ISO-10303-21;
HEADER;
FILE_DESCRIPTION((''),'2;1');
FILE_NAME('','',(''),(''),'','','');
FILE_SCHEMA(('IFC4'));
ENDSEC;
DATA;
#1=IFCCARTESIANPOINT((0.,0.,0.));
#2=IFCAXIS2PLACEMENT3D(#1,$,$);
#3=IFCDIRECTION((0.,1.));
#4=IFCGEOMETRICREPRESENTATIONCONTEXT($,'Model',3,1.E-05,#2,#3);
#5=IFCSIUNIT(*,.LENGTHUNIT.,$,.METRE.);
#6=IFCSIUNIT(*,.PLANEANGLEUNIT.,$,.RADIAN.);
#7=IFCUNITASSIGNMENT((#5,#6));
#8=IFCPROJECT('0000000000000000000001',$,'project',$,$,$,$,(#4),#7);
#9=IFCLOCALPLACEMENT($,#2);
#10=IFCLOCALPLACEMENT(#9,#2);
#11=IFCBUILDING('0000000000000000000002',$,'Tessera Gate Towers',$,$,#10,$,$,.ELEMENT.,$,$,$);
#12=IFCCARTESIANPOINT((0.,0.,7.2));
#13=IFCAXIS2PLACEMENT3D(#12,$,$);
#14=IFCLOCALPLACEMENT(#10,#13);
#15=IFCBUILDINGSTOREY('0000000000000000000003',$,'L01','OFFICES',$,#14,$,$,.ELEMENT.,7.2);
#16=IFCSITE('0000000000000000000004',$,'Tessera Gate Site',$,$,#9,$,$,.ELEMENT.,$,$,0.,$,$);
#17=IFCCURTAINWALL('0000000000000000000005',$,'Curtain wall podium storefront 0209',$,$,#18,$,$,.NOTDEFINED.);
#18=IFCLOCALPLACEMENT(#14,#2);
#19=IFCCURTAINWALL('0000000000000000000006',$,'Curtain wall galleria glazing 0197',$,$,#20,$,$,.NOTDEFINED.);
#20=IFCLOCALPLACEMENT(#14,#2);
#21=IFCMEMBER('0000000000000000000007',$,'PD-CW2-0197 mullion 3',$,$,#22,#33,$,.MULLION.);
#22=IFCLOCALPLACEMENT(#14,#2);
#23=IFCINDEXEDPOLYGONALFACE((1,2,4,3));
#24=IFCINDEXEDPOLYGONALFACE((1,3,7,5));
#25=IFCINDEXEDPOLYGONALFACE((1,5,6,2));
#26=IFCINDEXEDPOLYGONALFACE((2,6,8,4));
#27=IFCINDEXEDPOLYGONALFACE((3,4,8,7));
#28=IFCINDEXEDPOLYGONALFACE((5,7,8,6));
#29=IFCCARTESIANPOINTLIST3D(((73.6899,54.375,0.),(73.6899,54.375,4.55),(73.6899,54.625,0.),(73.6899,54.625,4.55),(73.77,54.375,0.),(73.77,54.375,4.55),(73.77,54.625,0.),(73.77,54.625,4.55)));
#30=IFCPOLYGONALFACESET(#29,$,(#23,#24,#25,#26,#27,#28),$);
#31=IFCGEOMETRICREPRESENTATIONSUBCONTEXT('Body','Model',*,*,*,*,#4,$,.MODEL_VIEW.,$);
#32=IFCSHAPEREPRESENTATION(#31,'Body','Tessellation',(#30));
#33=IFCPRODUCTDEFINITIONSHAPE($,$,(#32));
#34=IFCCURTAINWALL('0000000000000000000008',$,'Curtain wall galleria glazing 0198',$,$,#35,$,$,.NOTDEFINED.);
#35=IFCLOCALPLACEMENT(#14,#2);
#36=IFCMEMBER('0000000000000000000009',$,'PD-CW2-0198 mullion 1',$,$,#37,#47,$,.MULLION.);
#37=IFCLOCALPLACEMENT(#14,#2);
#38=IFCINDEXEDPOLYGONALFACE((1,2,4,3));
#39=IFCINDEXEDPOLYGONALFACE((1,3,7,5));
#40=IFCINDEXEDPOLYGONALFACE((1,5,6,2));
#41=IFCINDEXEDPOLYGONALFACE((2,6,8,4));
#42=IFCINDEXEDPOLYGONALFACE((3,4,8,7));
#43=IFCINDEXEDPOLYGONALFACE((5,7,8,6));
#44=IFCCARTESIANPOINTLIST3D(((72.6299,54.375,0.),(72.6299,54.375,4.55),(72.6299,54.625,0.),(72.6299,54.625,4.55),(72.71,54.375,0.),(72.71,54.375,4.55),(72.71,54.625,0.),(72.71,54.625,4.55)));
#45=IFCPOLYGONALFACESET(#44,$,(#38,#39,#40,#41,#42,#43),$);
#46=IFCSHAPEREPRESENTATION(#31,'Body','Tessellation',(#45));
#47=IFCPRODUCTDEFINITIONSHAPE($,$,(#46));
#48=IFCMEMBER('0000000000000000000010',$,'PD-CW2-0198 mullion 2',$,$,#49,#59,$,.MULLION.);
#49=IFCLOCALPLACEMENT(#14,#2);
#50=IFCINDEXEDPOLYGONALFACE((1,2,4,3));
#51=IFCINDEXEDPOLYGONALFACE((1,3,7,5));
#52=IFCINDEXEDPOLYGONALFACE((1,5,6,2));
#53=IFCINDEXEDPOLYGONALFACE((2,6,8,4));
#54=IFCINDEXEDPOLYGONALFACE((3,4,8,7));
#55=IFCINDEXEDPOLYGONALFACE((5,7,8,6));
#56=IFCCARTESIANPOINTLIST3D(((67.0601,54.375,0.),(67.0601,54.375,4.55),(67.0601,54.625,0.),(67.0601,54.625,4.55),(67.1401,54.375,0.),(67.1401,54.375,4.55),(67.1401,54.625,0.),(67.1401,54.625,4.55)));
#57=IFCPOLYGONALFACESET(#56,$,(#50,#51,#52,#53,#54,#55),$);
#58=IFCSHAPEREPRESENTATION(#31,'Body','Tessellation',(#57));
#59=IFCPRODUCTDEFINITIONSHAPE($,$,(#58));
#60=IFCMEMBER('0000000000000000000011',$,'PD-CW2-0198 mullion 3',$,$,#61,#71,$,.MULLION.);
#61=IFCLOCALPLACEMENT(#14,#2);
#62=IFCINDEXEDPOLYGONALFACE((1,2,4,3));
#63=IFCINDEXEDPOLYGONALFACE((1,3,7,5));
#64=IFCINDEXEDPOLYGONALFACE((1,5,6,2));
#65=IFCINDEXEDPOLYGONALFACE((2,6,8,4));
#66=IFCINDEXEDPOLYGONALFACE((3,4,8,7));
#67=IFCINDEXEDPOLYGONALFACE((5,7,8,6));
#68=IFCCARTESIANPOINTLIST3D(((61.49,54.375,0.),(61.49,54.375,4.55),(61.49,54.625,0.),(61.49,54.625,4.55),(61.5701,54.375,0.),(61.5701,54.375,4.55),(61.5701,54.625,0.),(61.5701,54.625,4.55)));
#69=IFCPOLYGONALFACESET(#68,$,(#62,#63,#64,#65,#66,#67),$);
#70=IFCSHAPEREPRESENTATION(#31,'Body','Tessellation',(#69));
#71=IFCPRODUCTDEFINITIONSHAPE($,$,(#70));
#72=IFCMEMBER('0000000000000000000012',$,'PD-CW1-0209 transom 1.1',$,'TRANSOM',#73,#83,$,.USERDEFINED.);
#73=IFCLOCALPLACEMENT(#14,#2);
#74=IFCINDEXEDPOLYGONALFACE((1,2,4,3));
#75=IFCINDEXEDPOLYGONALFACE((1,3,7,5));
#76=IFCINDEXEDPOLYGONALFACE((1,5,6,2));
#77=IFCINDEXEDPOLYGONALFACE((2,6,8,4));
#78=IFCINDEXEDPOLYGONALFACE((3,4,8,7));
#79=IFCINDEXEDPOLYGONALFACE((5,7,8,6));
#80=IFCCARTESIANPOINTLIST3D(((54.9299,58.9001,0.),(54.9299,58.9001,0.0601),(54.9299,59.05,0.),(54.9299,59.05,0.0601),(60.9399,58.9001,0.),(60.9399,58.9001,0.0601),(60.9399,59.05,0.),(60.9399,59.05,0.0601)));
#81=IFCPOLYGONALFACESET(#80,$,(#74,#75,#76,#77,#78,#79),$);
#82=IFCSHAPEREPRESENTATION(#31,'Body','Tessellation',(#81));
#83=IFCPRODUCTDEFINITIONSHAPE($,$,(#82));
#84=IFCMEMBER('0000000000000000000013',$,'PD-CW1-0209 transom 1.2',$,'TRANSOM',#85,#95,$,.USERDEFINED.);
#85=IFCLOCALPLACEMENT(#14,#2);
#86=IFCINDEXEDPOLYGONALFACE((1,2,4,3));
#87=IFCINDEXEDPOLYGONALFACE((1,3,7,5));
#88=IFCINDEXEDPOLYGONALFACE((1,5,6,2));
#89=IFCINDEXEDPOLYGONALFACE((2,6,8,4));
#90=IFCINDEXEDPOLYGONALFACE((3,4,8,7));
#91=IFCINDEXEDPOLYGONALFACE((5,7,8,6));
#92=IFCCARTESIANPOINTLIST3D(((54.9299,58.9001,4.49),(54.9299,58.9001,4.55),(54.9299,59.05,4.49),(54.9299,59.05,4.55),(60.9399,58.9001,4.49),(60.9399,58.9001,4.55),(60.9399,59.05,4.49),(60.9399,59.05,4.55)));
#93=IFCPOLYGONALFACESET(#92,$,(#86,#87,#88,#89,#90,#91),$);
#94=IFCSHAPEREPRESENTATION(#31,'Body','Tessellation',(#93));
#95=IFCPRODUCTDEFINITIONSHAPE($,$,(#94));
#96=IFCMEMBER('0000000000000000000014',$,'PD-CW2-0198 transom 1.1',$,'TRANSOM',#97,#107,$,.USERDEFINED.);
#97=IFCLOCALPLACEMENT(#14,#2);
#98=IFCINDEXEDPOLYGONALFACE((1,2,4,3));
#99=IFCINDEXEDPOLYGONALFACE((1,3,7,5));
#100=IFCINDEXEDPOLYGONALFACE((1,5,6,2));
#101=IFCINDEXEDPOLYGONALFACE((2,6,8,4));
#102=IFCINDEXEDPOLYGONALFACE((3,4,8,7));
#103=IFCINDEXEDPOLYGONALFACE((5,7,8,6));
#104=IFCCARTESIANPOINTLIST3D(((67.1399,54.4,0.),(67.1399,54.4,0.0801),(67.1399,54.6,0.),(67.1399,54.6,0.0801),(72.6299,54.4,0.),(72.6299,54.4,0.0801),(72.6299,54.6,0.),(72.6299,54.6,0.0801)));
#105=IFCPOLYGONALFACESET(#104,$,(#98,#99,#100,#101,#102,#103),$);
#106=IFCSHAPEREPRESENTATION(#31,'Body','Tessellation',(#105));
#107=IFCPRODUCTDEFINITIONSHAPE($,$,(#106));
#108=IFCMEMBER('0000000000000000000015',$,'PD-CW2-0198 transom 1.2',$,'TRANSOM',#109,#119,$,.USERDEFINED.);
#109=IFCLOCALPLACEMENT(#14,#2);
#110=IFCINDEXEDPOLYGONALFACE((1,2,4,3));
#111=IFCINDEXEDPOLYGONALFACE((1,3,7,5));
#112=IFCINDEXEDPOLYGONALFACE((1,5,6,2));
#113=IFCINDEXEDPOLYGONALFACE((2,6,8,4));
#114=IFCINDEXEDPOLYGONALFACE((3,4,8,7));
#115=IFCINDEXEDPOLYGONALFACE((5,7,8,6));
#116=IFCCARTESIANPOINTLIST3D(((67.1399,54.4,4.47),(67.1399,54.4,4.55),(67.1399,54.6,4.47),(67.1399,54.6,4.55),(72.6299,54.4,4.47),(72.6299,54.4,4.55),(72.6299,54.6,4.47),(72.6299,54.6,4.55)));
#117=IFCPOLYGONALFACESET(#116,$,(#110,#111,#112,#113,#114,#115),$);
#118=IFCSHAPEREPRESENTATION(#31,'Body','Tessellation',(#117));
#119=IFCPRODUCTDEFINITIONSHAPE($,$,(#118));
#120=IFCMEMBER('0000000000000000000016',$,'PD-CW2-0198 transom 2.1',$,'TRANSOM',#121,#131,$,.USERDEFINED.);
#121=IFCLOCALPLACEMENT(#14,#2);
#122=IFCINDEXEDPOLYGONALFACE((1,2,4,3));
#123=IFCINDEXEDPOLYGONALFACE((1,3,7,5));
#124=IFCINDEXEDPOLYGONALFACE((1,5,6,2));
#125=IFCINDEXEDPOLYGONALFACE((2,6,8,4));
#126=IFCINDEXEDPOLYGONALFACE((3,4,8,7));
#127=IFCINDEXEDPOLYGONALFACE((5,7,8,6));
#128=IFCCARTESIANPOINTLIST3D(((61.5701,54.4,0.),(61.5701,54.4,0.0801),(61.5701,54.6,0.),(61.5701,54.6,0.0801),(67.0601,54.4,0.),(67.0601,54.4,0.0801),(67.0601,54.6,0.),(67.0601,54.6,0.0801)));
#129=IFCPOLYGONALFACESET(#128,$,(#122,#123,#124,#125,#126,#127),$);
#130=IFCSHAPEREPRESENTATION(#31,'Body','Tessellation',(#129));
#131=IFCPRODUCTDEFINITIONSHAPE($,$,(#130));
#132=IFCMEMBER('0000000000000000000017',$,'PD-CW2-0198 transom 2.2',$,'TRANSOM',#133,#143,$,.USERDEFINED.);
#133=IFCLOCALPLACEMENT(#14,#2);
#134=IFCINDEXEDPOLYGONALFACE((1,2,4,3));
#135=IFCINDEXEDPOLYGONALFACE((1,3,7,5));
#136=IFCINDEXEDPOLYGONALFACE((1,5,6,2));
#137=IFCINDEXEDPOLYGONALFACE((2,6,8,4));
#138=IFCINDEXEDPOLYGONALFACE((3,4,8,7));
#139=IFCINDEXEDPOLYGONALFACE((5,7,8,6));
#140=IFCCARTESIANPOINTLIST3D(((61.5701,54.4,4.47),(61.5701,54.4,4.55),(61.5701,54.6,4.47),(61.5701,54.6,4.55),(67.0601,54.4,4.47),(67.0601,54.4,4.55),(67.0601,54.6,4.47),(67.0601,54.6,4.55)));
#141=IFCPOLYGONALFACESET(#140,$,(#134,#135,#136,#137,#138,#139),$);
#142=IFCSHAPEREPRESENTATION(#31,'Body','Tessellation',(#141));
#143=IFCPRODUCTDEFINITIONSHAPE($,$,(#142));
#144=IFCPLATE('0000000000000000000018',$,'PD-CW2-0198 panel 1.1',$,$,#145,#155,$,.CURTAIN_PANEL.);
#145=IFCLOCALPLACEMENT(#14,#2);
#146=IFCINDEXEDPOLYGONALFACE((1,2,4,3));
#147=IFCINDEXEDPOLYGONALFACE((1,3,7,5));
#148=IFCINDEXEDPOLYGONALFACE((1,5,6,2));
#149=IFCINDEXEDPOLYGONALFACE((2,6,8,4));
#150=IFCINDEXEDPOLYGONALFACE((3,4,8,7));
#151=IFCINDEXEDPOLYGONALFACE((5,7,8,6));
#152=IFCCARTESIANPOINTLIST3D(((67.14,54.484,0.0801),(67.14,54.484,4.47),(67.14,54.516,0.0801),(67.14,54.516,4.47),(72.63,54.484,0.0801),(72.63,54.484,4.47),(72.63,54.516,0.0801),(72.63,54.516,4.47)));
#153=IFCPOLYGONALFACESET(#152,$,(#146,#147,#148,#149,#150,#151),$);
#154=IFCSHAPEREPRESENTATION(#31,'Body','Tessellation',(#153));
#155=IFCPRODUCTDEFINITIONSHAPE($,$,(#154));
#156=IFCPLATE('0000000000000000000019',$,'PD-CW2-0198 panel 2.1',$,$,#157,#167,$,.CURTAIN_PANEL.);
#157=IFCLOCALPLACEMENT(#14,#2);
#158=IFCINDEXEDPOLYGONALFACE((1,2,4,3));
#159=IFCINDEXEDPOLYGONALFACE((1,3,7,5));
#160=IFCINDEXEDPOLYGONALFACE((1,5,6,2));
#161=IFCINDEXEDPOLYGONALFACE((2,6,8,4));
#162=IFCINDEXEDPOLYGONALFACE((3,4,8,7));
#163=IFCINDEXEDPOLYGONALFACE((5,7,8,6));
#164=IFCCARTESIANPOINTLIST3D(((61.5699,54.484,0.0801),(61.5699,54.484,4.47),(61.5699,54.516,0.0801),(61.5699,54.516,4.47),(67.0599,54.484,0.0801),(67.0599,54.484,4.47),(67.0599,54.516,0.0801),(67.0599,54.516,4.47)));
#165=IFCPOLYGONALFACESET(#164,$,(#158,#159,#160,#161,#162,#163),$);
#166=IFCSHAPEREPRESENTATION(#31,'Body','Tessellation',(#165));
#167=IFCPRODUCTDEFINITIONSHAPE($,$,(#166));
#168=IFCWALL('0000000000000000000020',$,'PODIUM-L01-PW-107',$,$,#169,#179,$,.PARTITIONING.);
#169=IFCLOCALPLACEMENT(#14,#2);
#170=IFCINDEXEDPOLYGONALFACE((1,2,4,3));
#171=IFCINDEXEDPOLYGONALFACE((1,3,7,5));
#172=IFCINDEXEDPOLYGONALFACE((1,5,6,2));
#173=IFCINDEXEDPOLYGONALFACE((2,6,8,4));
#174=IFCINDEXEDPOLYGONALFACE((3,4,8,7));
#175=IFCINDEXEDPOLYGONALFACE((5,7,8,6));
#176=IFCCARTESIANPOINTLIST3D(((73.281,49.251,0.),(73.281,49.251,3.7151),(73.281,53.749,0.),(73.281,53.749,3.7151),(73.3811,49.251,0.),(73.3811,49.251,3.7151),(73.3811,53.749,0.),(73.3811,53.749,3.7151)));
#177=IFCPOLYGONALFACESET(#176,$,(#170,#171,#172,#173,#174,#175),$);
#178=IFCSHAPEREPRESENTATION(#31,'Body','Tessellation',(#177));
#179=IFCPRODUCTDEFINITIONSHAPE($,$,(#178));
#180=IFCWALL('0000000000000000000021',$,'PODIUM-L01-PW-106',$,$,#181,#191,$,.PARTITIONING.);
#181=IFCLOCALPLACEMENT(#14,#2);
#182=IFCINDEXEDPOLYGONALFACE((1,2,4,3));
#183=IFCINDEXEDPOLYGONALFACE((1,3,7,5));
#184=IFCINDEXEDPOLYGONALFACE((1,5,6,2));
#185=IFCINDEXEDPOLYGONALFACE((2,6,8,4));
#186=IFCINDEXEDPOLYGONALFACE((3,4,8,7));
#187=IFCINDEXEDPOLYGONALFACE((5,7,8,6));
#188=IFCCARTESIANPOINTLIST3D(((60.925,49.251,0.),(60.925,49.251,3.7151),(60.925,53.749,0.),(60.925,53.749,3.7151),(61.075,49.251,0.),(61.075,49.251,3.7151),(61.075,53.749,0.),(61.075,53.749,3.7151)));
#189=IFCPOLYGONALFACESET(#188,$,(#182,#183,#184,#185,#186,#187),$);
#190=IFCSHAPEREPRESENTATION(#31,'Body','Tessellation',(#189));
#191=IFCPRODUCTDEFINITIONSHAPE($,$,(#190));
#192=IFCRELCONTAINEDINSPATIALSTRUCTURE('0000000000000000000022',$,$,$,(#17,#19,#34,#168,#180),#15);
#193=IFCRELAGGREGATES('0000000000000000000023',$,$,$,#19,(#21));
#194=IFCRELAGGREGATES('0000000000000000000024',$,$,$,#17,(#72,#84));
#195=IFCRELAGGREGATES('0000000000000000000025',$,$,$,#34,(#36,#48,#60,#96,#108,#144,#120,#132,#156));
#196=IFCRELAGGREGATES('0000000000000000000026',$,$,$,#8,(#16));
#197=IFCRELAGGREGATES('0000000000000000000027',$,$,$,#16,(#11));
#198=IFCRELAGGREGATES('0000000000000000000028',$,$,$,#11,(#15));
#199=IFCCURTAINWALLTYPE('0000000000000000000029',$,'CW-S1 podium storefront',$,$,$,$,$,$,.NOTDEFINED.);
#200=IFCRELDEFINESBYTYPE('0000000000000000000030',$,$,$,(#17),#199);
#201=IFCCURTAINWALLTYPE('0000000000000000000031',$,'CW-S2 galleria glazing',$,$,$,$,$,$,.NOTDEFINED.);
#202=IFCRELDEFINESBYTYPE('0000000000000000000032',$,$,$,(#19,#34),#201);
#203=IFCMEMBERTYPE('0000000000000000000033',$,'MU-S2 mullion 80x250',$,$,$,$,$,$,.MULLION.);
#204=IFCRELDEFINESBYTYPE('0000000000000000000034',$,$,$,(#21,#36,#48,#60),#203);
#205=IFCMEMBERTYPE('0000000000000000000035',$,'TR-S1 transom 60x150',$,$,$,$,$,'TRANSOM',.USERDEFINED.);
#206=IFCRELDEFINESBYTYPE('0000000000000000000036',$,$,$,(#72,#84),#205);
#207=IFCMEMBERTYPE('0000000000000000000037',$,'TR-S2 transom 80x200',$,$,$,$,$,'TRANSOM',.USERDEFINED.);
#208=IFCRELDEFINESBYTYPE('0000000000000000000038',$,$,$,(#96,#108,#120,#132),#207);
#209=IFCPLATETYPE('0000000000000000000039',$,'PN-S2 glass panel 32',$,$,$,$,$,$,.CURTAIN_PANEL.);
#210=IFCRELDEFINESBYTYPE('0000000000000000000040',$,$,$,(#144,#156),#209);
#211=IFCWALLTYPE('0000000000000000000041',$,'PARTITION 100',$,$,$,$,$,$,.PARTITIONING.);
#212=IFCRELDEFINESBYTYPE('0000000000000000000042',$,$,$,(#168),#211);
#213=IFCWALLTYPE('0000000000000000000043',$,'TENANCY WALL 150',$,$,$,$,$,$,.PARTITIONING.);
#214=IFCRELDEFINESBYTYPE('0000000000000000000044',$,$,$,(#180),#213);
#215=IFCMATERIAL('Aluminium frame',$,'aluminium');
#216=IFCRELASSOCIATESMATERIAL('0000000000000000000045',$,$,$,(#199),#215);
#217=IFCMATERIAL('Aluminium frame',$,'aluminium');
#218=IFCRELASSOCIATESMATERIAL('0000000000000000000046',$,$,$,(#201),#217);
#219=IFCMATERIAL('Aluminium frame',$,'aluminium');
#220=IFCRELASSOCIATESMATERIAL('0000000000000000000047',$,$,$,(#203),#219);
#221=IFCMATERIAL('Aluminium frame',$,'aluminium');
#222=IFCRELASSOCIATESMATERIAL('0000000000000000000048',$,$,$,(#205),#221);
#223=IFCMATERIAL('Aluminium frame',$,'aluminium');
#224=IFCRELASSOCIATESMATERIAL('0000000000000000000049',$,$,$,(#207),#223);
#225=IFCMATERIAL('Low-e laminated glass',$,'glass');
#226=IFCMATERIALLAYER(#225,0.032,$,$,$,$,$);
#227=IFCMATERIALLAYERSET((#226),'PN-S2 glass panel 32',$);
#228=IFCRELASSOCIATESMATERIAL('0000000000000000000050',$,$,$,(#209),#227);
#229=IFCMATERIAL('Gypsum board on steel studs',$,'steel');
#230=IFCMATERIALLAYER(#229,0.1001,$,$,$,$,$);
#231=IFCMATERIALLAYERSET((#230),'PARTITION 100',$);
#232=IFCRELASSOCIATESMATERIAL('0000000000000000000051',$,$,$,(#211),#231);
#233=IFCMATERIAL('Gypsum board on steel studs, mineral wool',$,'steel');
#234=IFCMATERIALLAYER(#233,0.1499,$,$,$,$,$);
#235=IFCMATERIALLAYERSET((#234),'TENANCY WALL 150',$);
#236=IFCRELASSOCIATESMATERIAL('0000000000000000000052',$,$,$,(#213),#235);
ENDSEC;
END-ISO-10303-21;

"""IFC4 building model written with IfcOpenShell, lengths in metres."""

from ifc_helpers import new_model, si_unit, direction, frame, frame_2d, origin, origin_2d, place, context, subcontext, project, spatial, rectangle, extrude, material, layer, layer_set, material_profile, profile_set, type_object, element, aggregate, save


model = new_model("IFC4")

# Units and contexts
model_context = context("Model", 3, precision=1e-05, world=origin(), true_north=direction((0.0, 1.0)))
body_context = subcontext(model_context, "Body", "Model", "MODEL_VIEW")
ifc_project = project(units=[si_unit("LENGTHUNIT", "METRE"), si_unit("PLANEANGLEUNIT", "RADIAN")], contexts=[model_context])

# Site, building, storey
site_placement = place(None, origin())
site = spatial("IfcSite", under=ifc_project, at=site_placement, Name="Tessera Gate Site", CompositionType="ELEMENT", RefElevation=0.0)
building_placement = place(site_placement, origin())
building = spatial("IfcBuilding", under=site, at=building_placement, Name="Tessera Gate Towers", CompositionType="ELEMENT")
storey_placement = place(building_placement, frame((0.0, 0.0, 7.2)))
storey = spatial("IfcBuildingStorey", under=building, at=storey_placement, Name="L01", Description="OFFICES", CompositionType="ELEMENT", Elevation=7.2)

# Curtain walls, member
ifc_material_1 = material(Name="Aluminium frame", Category="aluminium")
curtain_wall_type_1 = type_object("IfcCurtainWallType", Name="CW-S1 podium storefront", PredefinedType="NOTDEFINED", material=ifc_material_1)
curtain_wall_1_placement = place(storey_placement, origin())
curtain_wall_1 = element("IfcCurtainWall", 1, at=curtain_wall_1_placement, inside=storey, type_object=curtain_wall_type_1, Name="Curtain wall podium storefront 0209", PredefinedType="NOTDEFINED")
ifc_material_2 = material(Name="Aluminium frame", Category="aluminium")
curtain_wall_type_2 = type_object("IfcCurtainWallType", Name="CW-S2 galleria glazing", PredefinedType="NOTDEFINED", material=ifc_material_2)
curtain_wall_2_placement = place(storey_placement, origin())
curtain_wall_2 = element("IfcCurtainWall", 2, at=curtain_wall_2_placement, inside=storey, type_object=curtain_wall_type_2, Name="Curtain wall galleria glazing 0197", PredefinedType="NOTDEFINED")
ifc_material_3 = material(Name="Aluminium frame", Category="aluminium")
ifc_material_profile_1 = material_profile(ifc_material_3, rectangle(XDim=0.0801, YDim=0.25, at=origin_2d()), Name="AL 80x250")
ifc_profile_set_1 = profile_set([ifc_material_profile_1], Name="Aluminium frame")
member_type_1 = type_object("IfcMemberType", Name="MU-S2 mullion 80x250", PredefinedType="MULLION", material=ifc_profile_set_1)
member_1_placement = place(storey_placement, frame((73.73, 54.5, 0.0), z_axis=(0.0, 0.0, 1.0), x_axis=(-1.0, 0.0, 0.0)))
member_1 = element("IfcMember", 3, at=member_1_placement, type_object=member_type_1, Name="PD-CW2-0197 mullion 3", PredefinedType="MULLION", context=body_context, shape_type="SweptSolid", body=[
    extrude(rectangle(XDim=0.0801, YDim=0.25, at=origin_2d()), origin(), (0.0, 0.0, 1.0), 4.55),
])
aggregate(curtain_wall_2, [member_1])

# Curtain wall, members
curtain_wall_3_placement = place(storey_placement, origin())
curtain_wall_3 = element("IfcCurtainWall", 4, at=curtain_wall_3_placement, inside=storey, type_object=curtain_wall_type_2, Name="Curtain wall galleria glazing 0198", PredefinedType="NOTDEFINED")
member_2_placement = place(storey_placement, frame((72.6699, 54.5, 0.0), z_axis=(0.0, 0.0, 1.0), x_axis=(-1.0, 0.0, 0.0)))
member_2 = element("IfcMember", 5, at=member_2_placement, type_object=member_type_1, Name="PD-CW2-0198 mullion 1", PredefinedType="MULLION", context=body_context, shape_type="SweptSolid", body=[
    extrude(rectangle(XDim=0.0801, YDim=0.25, at=origin_2d()), origin(), (0.0, 0.0, 1.0), 4.55),
])
member_3_placement = place(storey_placement, frame((67.1001, 54.5, 0.0), z_axis=(0.0, 0.0, 1.0), x_axis=(-1.0, 0.0, 0.0)))
member_3 = element("IfcMember", 6, at=member_3_placement, type_object=member_type_1, Name="PD-CW2-0198 mullion 2", PredefinedType="MULLION", context=body_context, shape_type="SweptSolid", body=[
    extrude(rectangle(XDim=0.0801, YDim=0.25, at=origin_2d()), origin(), (0.0, 0.0, 1.0), 4.55),
])
member_4_placement = place(storey_placement, frame((61.53, 54.5, 0.0), z_axis=(0.0, 0.0, 1.0), x_axis=(-1.0, 0.0, 0.0)))
member_4 = element("IfcMember", 7, at=member_4_placement, type_object=member_type_1, Name="PD-CW2-0198 mullion 3", PredefinedType="MULLION", context=body_context, shape_type="SweptSolid", body=[
    extrude(rectangle(XDim=0.0801, YDim=0.25, at=origin_2d()), origin(), (0.0, 0.0, 1.0), 4.55),
])

# Members
ifc_material_4 = material(Name="Aluminium frame", Category="aluminium")
ifc_material_profile_2 = material_profile(ifc_material_4, rectangle(XDim=0.1499, YDim=0.0601, at=origin_2d()), Name="AL 60x150")
ifc_profile_set_2 = profile_set([ifc_material_profile_2], Name="Aluminium frame")
member_type_2 = type_object("IfcMemberType", Name="TR-S1 transom 60x150", ElementType="TRANSOM", PredefinedType="USERDEFINED", material=ifc_profile_set_2)
member_5_placement = place(storey_placement, frame((60.9399, 58.9751, 0.03), z_axis=(-1.0, 0.0, 0.0), x_axis=(0.0, -1.0, 0.0)))
member_5 = element("IfcMember", 8, at=member_5_placement, type_object=member_type_2, Name="PD-CW1-0209 transom 1.1", ObjectType="TRANSOM", PredefinedType="USERDEFINED", context=body_context, shape_type="SweptSolid", body=[
    extrude(rectangle(XDim=0.1499, YDim=0.0601, at=origin_2d()), origin(), (0.0, 0.0, 1.0), 6.01),
])
member_6_placement = place(storey_placement, frame((60.9399, 58.9751, 4.52), z_axis=(-1.0, 0.0, 0.0), x_axis=(0.0, -1.0, 0.0)))
member_6 = element("IfcMember", 9, at=member_6_placement, type_object=member_type_2, Name="PD-CW1-0209 transom 1.2", ObjectType="TRANSOM", PredefinedType="USERDEFINED", context=body_context, shape_type="SweptSolid", body=[
    extrude(rectangle(XDim=0.1499, YDim=0.0601, at=origin_2d()), origin(), (0.0, 0.0, 1.0), 6.01),
])
aggregate(curtain_wall_1, [member_5, member_6])
ifc_material_5 = material(Name="Aluminium frame", Category="aluminium")
ifc_material_profile_3 = material_profile(ifc_material_5, rectangle(XDim=0.2, YDim=0.0801, at=origin_2d()), Name="AL 80x200")
ifc_profile_set_3 = profile_set([ifc_material_profile_3], Name="Aluminium frame")
member_type_3 = type_object("IfcMemberType", Name="TR-S2 transom 80x200", ElementType="TRANSOM", PredefinedType="USERDEFINED", material=ifc_profile_set_3)
member_7_placement = place(storey_placement, frame((72.6299, 54.5, 0.04), z_axis=(-1.0, 0.0, 0.0), x_axis=(0.0, -1.0, 0.0)))
member_7 = element("IfcMember", 10, at=member_7_placement, type_object=member_type_3, Name="PD-CW2-0198 transom 1.1", ObjectType="TRANSOM", PredefinedType="USERDEFINED", context=body_context, shape_type="SweptSolid", body=[
    extrude(rectangle(XDim=0.2, YDim=0.0801, at=origin_2d()), origin(), (0.0, 0.0, 1.0), 5.49),
])
member_8_placement = place(storey_placement, frame((72.6299, 54.5, 4.51), z_axis=(-1.0, 0.0, 0.0), x_axis=(0.0, -1.0, 0.0)))
member_8 = element("IfcMember", 11, at=member_8_placement, type_object=member_type_3, Name="PD-CW2-0198 transom 1.2", ObjectType="TRANSOM", PredefinedType="USERDEFINED", context=body_context, shape_type="SweptSolid", body=[
    extrude(rectangle(XDim=0.2, YDim=0.0801, at=origin_2d()), origin(), (0.0, 0.0, 1.0), 5.49),
])
member_9_placement = place(storey_placement, frame((67.0601, 54.5, 0.04), z_axis=(-1.0, 0.0, 0.0), x_axis=(0.0, -1.0, 0.0)))
member_9 = element("IfcMember", 12, at=member_9_placement, type_object=member_type_3, Name="PD-CW2-0198 transom 2.1", ObjectType="TRANSOM", PredefinedType="USERDEFINED", context=body_context, shape_type="SweptSolid", body=[
    extrude(rectangle(XDim=0.2, YDim=0.0801, at=origin_2d()), origin(), (0.0, 0.0, 1.0), 5.49),
])
member_10_placement = place(storey_placement, frame((67.0601, 54.5, 4.51), z_axis=(-1.0, 0.0, 0.0), x_axis=(0.0, -1.0, 0.0)))
member_10 = element("IfcMember", 13, at=member_10_placement, type_object=member_type_3, Name="PD-CW2-0198 transom 2.2", ObjectType="TRANSOM", PredefinedType="USERDEFINED", context=body_context, shape_type="SweptSolid", body=[
    extrude(rectangle(XDim=0.2, YDim=0.0801, at=origin_2d()), origin(), (0.0, 0.0, 1.0), 5.49),
])

# Plates
ifc_material_6 = material(Name="Low-e laminated glass", Category="glass")
ifc_layer_1 = layer(ifc_material_6, 0.032)
ifc_layer_set_1 = layer_set([ifc_layer_1], Name="PN-S2 glass panel 32")
plate_type = type_object("IfcPlateType", Name="PN-S2 glass panel 32", PredefinedType="CURTAIN_PANEL", material=ifc_layer_set_1)
plate_1_placement = place(storey_placement, frame((69.885, 54.5, 0.0801), z_axis=(0.0, 0.0, 1.0), x_axis=(-1.0, 0.0, 0.0)))
plate_1 = element("IfcPlate", 14, at=plate_1_placement, type_object=plate_type, Name="PD-CW2-0198 panel 1.1", PredefinedType="CURTAIN_PANEL", context=body_context, shape_type="SweptSolid", body=[
    extrude(rectangle(XDim=5.49, YDim=0.032, at=origin_2d()), origin(), (0.0, 0.0, 1.0), 4.3899),
])
plate_2_placement = place(storey_placement, frame((64.3149, 54.5, 0.0801), z_axis=(0.0, 0.0, 1.0), x_axis=(-1.0, 0.0, 0.0)))
plate_2 = element("IfcPlate", 15, at=plate_2_placement, type_object=plate_type, Name="PD-CW2-0198 panel 2.1", PredefinedType="CURTAIN_PANEL", context=body_context, shape_type="SweptSolid", body=[
    extrude(rectangle(XDim=5.49, YDim=0.032, at=origin_2d()), origin(), (0.0, 0.0, 1.0), 4.3899),
])
aggregate(curtain_wall_3, [member_2, member_3, member_4, member_7, member_8, plate_1, member_9, member_10, plate_2])

# Walls
ifc_material_7 = material(Name="Gypsum board on steel studs", Category="steel")
ifc_layer_2 = layer(ifc_material_7, 0.1001)
ifc_layer_set_2 = layer_set([ifc_layer_2], Name="PARTITION 100")
wall_type_1 = type_object("IfcWallType", Name="PARTITION 100", PredefinedType="PARTITIONING", material=ifc_layer_set_2)
wall_1_placement = place(storey_placement, frame((73.3311, 49.251, 0.0), z_axis=(0.0, 0.0, 1.0), x_axis=(0.0, 1.0, 0.0)))
element("IfcWall", 16, at=wall_1_placement, inside=storey, type_object=wall_type_1, Name="PODIUM-L01-PW-107", PredefinedType="PARTITIONING", context=body_context, shape_type="SweptSolid", body=[
    extrude(rectangle(XDim=4.498, YDim=0.1001, at=frame_2d((2.249, 0.0))), origin(), (0.0, 0.0, 1.0), 3.7151),
])
ifc_material_8 = material(Name="Gypsum board on steel studs, mineral wool", Category="steel")
ifc_layer_3 = layer(ifc_material_8, 0.1499)
ifc_layer_set_3 = layer_set([ifc_layer_3], Name="TENANCY WALL 150")
wall_type_2 = type_object("IfcWallType", Name="TENANCY WALL 150", PredefinedType="PARTITIONING", material=ifc_layer_set_3)
wall_2_placement = place(storey_placement, frame((61.0, 49.251, 0.0), z_axis=(0.0, 0.0, 1.0), x_axis=(0.0, 1.0, 0.0)))
element("IfcWall", 17, at=wall_2_placement, inside=storey, type_object=wall_type_2, Name="PODIUM-L01-PW-106", PredefinedType="PARTITIONING", context=body_context, shape_type="SweptSolid", body=[
    extrude(rectangle(XDim=4.498, YDim=0.1499, at=frame_2d((2.249, 0.0))), origin(), (0.0, 0.0, 1.0), 3.7151),
])

save(model, "model.ifc")
